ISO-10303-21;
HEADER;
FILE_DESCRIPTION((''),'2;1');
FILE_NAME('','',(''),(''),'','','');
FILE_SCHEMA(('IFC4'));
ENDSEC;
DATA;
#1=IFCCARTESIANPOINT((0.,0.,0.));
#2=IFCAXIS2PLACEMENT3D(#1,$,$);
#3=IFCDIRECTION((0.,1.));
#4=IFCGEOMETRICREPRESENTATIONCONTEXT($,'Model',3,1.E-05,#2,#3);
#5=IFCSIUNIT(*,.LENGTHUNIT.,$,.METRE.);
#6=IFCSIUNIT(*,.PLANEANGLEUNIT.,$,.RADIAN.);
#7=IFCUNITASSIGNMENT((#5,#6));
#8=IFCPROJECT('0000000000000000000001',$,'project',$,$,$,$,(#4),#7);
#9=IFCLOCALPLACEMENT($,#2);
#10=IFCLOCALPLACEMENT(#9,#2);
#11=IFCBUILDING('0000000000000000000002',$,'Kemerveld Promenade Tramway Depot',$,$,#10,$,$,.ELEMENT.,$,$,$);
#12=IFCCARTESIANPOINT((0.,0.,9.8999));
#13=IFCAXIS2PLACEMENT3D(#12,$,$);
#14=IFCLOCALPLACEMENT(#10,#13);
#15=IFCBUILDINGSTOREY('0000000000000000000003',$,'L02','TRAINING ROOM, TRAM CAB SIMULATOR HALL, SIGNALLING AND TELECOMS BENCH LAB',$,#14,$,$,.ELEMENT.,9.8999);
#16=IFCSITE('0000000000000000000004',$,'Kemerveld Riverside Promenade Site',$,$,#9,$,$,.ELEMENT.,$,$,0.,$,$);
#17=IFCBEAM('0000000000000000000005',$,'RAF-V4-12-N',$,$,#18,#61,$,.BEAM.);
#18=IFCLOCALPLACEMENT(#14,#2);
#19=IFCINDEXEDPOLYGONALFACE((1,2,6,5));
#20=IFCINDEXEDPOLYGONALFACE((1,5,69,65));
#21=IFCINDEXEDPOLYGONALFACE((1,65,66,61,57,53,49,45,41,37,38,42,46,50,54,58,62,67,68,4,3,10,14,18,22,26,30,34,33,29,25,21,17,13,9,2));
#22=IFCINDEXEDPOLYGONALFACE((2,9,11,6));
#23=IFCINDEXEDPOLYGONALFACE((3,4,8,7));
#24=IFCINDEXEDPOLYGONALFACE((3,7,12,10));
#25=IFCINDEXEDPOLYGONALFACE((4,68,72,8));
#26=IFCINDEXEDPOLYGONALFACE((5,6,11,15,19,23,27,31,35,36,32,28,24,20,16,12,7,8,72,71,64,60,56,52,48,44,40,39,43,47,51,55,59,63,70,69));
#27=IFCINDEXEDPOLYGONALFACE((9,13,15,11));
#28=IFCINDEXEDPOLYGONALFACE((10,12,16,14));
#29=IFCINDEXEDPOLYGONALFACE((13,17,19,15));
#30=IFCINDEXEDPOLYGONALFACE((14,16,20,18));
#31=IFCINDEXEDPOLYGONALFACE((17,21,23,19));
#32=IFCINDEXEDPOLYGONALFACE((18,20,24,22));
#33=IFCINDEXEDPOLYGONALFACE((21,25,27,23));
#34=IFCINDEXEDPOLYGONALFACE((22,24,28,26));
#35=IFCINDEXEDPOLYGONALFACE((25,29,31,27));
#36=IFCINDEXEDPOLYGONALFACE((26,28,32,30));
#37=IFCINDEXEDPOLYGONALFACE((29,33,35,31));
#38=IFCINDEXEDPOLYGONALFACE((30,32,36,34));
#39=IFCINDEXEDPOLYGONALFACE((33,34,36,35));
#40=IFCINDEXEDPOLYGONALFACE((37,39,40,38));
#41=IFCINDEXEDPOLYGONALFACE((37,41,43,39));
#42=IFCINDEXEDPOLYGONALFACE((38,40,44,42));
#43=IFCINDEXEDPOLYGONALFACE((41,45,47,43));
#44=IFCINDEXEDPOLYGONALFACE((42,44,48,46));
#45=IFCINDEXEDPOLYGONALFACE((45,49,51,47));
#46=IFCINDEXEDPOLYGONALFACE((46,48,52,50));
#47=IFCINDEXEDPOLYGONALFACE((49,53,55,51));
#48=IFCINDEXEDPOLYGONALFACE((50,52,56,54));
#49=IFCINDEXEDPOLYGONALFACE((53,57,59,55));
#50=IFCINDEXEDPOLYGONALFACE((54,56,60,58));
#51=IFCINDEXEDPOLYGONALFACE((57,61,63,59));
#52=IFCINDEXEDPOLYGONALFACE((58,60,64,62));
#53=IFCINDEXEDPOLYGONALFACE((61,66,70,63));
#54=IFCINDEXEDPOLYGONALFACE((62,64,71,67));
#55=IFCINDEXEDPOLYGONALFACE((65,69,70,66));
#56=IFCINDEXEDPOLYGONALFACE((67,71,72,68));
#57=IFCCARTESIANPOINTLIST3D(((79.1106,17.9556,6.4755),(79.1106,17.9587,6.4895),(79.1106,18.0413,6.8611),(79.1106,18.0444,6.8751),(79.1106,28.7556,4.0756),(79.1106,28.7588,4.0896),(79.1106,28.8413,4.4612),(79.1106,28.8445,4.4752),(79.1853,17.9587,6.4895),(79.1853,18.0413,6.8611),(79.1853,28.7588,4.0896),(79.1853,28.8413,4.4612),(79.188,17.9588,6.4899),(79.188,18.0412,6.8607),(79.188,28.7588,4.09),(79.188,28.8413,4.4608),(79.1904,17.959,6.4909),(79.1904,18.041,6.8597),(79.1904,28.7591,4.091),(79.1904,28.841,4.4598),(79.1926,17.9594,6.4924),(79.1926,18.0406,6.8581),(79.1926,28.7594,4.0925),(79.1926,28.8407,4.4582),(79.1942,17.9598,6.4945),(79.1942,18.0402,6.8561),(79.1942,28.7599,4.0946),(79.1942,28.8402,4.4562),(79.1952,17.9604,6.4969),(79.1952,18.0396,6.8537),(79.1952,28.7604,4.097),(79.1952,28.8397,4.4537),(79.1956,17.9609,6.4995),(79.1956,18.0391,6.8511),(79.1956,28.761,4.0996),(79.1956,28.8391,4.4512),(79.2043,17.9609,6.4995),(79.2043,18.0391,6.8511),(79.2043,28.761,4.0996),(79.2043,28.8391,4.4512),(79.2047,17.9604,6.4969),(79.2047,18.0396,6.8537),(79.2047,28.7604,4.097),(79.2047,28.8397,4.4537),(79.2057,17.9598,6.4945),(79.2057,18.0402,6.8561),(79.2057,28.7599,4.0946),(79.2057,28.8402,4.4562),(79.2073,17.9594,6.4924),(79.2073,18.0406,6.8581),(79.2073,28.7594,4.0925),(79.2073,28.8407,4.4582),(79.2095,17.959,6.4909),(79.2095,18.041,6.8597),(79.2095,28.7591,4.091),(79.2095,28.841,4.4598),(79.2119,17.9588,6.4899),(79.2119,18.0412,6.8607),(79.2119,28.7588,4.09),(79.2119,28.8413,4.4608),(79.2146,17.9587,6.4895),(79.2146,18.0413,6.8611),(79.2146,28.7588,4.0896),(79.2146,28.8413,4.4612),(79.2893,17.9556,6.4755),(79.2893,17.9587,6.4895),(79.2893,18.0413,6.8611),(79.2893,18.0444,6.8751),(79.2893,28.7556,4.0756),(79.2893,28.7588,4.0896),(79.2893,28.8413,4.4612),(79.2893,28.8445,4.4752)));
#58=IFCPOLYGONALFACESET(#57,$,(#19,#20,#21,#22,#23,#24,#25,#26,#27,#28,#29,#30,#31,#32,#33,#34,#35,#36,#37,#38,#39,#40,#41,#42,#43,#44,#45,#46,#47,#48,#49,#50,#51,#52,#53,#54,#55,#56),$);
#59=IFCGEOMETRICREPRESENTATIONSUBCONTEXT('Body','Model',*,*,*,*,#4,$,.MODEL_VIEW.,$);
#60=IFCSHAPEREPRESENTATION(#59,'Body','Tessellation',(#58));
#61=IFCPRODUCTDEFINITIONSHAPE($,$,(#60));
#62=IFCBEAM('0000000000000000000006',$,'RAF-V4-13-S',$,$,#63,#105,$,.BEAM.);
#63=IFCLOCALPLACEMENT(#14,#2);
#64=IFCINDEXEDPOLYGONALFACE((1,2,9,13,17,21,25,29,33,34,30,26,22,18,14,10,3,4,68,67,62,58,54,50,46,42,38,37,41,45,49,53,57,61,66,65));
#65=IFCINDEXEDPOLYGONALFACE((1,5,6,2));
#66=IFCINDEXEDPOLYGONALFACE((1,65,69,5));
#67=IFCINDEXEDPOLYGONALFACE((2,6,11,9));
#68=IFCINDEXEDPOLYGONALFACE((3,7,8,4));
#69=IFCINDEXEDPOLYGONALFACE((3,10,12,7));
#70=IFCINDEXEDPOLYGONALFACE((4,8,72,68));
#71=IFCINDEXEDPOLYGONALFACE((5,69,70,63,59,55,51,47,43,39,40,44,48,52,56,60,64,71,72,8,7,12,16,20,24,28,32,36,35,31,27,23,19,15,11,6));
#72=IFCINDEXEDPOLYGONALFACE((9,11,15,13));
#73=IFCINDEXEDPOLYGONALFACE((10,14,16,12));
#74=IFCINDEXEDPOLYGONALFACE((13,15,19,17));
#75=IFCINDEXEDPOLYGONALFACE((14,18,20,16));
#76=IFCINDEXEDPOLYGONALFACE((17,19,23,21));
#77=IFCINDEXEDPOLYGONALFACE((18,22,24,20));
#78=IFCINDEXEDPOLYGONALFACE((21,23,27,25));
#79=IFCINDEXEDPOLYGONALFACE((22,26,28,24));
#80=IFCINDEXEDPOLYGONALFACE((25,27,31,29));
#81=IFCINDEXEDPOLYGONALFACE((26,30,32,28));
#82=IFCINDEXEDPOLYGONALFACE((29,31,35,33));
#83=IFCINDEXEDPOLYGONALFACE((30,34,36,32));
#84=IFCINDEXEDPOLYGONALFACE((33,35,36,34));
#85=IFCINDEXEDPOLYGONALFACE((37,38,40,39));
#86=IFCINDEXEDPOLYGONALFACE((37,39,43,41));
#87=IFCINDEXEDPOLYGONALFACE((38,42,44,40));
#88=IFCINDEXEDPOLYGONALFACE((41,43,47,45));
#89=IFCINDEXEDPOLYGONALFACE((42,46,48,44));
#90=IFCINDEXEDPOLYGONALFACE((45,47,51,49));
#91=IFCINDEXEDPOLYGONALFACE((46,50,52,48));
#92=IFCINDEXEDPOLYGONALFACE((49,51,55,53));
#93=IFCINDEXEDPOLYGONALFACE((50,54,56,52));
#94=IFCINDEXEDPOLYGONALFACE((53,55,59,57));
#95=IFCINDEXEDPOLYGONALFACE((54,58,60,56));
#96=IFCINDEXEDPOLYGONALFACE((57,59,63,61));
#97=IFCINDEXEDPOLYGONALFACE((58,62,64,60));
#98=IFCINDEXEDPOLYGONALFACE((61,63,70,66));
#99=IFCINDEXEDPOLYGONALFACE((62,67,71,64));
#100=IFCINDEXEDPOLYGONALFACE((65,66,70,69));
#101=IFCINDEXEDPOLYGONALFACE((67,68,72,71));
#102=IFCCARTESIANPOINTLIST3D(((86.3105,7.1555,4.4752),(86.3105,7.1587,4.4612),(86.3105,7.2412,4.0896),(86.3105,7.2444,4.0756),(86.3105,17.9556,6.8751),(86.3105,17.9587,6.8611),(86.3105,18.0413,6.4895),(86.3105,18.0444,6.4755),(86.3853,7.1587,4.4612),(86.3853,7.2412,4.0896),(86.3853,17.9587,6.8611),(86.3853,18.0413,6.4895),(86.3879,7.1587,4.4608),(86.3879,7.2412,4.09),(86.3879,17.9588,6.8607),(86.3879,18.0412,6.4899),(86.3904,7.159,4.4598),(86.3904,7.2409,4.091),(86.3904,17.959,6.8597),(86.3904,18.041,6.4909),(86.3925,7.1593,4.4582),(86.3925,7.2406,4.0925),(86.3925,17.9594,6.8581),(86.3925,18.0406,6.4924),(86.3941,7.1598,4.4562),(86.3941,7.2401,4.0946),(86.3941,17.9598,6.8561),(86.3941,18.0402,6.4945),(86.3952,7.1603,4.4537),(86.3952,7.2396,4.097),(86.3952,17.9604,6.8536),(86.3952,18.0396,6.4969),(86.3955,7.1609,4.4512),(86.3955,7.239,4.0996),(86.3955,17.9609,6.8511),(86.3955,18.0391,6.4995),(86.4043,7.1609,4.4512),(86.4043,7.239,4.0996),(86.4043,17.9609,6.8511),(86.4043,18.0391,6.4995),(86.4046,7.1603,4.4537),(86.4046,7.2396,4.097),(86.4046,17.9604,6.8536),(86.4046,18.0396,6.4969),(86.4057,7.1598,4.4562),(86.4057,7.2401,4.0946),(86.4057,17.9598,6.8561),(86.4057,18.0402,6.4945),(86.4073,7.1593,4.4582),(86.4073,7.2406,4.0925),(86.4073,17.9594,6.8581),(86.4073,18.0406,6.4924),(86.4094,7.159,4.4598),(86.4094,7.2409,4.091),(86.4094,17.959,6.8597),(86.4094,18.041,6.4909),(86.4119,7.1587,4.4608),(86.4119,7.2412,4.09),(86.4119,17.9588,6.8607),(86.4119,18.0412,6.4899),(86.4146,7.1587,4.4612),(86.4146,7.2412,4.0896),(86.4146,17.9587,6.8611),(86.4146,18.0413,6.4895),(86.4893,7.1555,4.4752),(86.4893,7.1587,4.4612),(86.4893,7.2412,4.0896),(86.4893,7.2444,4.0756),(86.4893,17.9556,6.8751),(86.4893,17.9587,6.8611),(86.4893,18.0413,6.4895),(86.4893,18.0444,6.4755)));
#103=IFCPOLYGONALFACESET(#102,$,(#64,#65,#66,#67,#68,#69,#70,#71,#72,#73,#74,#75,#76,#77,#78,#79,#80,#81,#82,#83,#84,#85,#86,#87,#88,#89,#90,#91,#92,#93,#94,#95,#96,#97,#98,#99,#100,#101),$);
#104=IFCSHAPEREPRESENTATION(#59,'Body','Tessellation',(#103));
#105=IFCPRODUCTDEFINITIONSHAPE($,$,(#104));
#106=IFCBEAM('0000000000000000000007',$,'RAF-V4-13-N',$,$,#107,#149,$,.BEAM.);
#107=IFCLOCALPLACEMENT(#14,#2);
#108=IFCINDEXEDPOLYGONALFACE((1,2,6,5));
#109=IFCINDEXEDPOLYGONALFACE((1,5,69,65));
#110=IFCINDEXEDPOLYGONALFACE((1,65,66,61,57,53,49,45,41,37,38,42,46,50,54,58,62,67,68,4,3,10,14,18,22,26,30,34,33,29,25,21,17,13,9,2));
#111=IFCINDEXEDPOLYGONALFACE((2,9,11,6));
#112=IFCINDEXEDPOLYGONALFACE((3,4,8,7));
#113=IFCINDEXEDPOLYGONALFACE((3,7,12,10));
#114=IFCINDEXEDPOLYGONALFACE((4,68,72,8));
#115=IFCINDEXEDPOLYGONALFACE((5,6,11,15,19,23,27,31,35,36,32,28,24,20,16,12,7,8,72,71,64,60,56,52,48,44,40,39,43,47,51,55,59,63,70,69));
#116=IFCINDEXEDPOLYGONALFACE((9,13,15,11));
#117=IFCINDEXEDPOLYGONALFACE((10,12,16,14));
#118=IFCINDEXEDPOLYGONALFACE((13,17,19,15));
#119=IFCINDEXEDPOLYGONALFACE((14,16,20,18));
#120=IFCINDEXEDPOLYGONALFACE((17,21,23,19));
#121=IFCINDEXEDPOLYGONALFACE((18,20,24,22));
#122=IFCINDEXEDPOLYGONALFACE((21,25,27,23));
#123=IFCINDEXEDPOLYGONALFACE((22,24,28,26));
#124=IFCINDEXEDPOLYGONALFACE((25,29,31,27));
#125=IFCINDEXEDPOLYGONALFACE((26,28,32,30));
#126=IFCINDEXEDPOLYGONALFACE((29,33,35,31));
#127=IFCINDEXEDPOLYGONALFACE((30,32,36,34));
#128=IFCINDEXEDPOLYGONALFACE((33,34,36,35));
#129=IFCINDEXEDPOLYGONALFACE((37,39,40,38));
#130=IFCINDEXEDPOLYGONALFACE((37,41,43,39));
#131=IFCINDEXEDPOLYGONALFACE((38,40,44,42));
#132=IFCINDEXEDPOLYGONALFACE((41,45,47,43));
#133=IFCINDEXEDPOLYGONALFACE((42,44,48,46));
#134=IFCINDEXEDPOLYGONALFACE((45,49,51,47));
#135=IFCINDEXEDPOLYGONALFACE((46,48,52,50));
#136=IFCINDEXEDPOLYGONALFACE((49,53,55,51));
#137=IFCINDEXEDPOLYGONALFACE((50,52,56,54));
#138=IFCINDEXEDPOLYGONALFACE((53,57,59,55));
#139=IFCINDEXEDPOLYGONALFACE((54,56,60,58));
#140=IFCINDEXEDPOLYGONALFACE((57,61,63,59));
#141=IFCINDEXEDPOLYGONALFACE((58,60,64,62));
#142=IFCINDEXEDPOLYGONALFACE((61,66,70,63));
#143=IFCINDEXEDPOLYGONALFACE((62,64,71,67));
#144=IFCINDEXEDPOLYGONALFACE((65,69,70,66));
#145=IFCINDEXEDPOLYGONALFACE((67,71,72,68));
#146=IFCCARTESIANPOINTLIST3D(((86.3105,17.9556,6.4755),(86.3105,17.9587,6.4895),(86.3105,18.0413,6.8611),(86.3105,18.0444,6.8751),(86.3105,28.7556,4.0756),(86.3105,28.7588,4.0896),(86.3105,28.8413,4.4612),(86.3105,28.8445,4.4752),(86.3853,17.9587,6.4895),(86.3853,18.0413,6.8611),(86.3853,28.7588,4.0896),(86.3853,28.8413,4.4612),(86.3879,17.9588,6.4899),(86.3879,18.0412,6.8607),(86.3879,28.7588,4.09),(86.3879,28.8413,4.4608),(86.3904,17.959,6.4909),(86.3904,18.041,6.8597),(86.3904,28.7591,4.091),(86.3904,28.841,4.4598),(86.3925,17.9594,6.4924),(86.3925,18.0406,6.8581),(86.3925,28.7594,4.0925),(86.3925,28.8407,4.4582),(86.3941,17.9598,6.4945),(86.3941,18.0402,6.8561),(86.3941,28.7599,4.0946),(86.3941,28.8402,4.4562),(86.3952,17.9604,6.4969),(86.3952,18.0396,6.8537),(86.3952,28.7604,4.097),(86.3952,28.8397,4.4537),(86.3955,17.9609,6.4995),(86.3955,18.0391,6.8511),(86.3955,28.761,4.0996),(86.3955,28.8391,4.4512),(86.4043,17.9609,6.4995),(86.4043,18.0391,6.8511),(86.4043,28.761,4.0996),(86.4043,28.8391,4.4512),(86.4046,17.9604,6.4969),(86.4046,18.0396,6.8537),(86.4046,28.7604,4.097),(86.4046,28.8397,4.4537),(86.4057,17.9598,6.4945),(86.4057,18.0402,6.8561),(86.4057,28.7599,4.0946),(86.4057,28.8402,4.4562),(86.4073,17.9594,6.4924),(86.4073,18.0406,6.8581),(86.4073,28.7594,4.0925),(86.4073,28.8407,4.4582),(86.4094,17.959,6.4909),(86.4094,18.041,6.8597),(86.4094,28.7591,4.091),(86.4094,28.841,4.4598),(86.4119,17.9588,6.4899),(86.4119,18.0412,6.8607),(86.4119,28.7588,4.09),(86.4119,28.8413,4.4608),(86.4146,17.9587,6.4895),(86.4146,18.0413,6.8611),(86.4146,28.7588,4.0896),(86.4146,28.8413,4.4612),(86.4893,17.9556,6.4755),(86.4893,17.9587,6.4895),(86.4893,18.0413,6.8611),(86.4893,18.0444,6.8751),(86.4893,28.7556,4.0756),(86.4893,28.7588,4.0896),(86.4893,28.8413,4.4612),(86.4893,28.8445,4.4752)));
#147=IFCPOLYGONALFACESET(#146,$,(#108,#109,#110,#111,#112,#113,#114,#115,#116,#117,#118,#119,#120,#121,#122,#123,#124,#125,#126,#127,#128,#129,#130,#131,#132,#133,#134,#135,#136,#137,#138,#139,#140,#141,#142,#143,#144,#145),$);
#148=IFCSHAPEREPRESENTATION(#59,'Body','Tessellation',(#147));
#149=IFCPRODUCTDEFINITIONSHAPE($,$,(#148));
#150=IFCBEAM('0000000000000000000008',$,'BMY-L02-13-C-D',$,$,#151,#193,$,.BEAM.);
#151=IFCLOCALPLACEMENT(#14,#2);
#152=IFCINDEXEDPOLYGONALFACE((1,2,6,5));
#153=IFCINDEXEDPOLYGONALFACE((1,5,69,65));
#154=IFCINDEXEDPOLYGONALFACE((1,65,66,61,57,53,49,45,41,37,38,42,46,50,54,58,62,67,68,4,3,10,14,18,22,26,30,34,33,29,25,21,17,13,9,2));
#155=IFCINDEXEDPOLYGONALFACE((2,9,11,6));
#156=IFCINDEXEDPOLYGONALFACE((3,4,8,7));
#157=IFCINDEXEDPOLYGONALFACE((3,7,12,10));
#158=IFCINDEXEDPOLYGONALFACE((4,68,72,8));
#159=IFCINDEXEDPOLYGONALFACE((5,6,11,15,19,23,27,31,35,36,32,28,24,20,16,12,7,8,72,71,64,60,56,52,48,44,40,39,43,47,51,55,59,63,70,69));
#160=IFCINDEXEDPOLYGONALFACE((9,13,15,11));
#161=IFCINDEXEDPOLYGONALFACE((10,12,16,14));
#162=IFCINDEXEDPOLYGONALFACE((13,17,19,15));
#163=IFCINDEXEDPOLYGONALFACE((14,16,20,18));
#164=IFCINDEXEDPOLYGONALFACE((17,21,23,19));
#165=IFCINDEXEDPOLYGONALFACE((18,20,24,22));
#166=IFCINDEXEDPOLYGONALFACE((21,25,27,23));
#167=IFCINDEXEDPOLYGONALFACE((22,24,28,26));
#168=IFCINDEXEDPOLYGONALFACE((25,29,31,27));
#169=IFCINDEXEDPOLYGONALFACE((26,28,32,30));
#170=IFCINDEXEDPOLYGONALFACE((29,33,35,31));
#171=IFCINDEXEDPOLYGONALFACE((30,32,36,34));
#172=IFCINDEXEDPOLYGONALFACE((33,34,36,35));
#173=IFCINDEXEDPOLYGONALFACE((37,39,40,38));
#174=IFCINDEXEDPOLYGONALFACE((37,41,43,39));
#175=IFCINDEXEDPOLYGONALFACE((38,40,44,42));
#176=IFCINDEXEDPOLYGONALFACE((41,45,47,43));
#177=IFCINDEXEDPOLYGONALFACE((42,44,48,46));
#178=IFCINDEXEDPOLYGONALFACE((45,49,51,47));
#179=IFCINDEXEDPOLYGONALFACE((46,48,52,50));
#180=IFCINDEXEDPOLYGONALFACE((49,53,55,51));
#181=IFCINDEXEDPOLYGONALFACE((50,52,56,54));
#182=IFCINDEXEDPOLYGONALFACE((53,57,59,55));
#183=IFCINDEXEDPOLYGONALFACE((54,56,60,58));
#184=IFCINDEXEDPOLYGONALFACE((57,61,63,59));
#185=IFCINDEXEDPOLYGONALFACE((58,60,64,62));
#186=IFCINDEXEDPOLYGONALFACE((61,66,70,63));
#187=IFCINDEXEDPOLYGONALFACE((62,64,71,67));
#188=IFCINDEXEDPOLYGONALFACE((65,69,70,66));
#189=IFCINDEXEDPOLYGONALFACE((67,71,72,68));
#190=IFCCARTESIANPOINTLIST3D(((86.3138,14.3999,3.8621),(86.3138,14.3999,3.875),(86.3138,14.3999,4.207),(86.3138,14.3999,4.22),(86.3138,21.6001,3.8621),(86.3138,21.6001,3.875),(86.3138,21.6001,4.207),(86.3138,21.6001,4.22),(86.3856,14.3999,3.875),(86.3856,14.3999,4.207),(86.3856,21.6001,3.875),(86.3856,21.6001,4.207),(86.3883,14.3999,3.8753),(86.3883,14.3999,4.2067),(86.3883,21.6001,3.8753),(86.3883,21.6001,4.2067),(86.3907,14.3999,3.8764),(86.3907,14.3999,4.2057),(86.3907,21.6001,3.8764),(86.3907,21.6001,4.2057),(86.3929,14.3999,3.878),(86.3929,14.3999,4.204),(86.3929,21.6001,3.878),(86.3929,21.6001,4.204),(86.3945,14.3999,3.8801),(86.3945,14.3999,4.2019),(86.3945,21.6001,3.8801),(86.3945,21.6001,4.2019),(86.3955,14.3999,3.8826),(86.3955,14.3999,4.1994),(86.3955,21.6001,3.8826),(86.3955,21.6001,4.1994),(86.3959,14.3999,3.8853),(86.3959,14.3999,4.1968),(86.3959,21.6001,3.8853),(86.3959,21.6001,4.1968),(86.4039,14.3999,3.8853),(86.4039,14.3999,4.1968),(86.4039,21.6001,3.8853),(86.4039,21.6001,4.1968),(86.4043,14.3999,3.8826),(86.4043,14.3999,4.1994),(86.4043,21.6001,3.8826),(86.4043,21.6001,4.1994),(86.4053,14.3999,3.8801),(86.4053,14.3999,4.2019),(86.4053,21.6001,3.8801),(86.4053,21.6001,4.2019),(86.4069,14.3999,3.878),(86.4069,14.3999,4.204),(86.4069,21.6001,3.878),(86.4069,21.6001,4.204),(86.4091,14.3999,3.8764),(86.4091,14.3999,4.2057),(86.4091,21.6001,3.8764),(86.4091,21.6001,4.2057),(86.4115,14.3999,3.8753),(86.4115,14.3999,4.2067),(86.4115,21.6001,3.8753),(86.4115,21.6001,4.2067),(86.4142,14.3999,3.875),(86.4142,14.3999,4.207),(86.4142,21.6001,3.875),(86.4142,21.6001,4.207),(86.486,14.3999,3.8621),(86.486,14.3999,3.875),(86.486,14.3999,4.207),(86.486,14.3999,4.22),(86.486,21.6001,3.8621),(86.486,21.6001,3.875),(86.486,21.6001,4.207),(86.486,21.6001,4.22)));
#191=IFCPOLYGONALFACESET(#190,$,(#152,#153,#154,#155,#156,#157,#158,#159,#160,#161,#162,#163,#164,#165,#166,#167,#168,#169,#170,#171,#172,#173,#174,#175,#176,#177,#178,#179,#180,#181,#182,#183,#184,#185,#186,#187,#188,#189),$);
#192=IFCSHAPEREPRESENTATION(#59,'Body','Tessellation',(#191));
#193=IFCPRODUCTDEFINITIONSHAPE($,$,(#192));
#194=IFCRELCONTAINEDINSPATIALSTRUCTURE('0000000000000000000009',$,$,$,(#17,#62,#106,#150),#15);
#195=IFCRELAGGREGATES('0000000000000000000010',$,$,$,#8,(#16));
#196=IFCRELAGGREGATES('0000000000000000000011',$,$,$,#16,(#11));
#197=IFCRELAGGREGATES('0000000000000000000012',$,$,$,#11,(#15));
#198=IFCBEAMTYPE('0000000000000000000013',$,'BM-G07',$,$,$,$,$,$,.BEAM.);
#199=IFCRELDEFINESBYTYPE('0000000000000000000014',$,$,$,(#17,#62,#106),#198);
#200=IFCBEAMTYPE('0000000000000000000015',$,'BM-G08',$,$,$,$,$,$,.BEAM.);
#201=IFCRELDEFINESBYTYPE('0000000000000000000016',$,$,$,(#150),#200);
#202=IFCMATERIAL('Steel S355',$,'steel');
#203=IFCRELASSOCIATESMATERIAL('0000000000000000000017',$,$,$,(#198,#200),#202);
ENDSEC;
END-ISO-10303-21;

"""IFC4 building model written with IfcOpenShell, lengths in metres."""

from ifc_helpers import new_model, si_unit, direction, frame, origin, origin_2d, place, context, subcontext, project, spatial, i_section, extrude, material, material_profile, profile_set, type_object, element, save


model = new_model("IFC4")

# Units and contexts
model_context = context("Model", 3, precision=1e-05, world=origin(), true_north=direction((0.0, 1.0)))
body_context = subcontext(model_context, "Body", "Model", "MODEL_VIEW")
ifc_project = project(units=[si_unit("LENGTHUNIT", "METRE"), si_unit("PLANEANGLEUNIT", "RADIAN")], contexts=[model_context])

# Site, building, storey
site_placement = place(None, origin())
site = spatial("IfcSite", under=ifc_project, at=site_placement, Name="Kemerveld Riverside Promenade Site", CompositionType="ELEMENT", RefElevation=0.0)
building_placement = place(site_placement, origin())
building = spatial("IfcBuilding", under=site, at=building_placement, Name="Kemerveld Promenade Tramway Depot", CompositionType="ELEMENT")
storey_placement = place(building_placement, frame((0.0, 0.0, 9.8999)))
storey = spatial("IfcBuildingStorey", under=building, at=storey_placement, Name="L02", Description="TRAINING ROOM, TRAM CAB SIMULATOR HALL, SIGNALLING AND TELECOMS BENCH LAB", CompositionType="ELEMENT", Elevation=9.8999)

# Shared definitions
ifc_material_1 = material(Name="Steel S355", Category="steel")

# Beams
ifc_material_profile_1 = material_profile(ifc_material_1, i_section(OverallWidth=0.1787, OverallDepth=0.4094, WebThickness=0.0088, FlangeThickness=0.0144, FilletRadius=0.0103, at=origin_2d()), Name="406x178x67 UB")
ifc_profile_set_1 = profile_set([ifc_material_profile_1], Name="Steel S355")
beam_type_1 = type_object("IfcBeamType", Name="BM-G07", PredefinedType="BEAM", material=ifc_profile_set_1)
for number, where, z_axis, x_axis, name in (
    (1, (79.2, 18.0, 6.6753), (0.0, 0.976189, -0.216921), (-1.0, 0.0, 0.0), "RAF-V4-12-N"),
    (2, (86.3999, 7.2, 4.2754), (0.0, 0.976189, 0.216921), (-1.0, 0.0, 0.0), "RAF-V4-13-S"),
    (3, (86.3999, 18.0, 6.6753), (0.0, 0.976189, -0.216921), (-1.0, 0.0, 0.0), "RAF-V4-13-N"),
):
    element("IfcBeam", number, at=place(storey_placement, frame(where, z_axis=z_axis, x_axis=x_axis)), inside=storey, type_object=beam_type_1, Name=name, PredefinedType="BEAM", context=body_context, shape_type="SweptSolid", body=[
        extrude(i_section(OverallWidth=0.1787, OverallDepth=0.4094, WebThickness=0.0088, FlangeThickness=0.0144, FilletRadius=0.0103, at=origin_2d()), origin(), (0.0, 0.0, 1.0), 11.0635),
    ])
ifc_material_profile_2 = material_profile(ifc_material_1, i_section(OverallWidth=0.1721, OverallDepth=0.3579, WebThickness=0.0081, FlangeThickness=0.0129, FilletRadius=0.0103, at=origin_2d()), Name="356x171x57 UB")
ifc_profile_set_2 = profile_set([ifc_material_profile_2], Name="Steel S355")
beam_type_2 = type_object("IfcBeamType", Name="BM-G08", PredefinedType="BEAM", material=ifc_profile_set_2)
beam_1_placement = place(storey_placement, frame((86.3999, 14.3999, 4.041), z_axis=(0.0, 1.0, 0.0), x_axis=(-1.0, 0.0, 0.0)))
element("IfcBeam", 4, at=beam_1_placement, inside=storey, type_object=beam_type_2, Name="BMY-L02-13-C-D", PredefinedType="BEAM", context=body_context, shape_type="SweptSolid", body=[
    extrude(i_section(OverallWidth=0.1721, OverallDepth=0.3579, WebThickness=0.0081, FlangeThickness=0.0129, FilletRadius=0.0103, at=origin_2d()), origin(), (0.0, 0.0, 1.0), 7.2002),
])

save(model, "model.ifc")
